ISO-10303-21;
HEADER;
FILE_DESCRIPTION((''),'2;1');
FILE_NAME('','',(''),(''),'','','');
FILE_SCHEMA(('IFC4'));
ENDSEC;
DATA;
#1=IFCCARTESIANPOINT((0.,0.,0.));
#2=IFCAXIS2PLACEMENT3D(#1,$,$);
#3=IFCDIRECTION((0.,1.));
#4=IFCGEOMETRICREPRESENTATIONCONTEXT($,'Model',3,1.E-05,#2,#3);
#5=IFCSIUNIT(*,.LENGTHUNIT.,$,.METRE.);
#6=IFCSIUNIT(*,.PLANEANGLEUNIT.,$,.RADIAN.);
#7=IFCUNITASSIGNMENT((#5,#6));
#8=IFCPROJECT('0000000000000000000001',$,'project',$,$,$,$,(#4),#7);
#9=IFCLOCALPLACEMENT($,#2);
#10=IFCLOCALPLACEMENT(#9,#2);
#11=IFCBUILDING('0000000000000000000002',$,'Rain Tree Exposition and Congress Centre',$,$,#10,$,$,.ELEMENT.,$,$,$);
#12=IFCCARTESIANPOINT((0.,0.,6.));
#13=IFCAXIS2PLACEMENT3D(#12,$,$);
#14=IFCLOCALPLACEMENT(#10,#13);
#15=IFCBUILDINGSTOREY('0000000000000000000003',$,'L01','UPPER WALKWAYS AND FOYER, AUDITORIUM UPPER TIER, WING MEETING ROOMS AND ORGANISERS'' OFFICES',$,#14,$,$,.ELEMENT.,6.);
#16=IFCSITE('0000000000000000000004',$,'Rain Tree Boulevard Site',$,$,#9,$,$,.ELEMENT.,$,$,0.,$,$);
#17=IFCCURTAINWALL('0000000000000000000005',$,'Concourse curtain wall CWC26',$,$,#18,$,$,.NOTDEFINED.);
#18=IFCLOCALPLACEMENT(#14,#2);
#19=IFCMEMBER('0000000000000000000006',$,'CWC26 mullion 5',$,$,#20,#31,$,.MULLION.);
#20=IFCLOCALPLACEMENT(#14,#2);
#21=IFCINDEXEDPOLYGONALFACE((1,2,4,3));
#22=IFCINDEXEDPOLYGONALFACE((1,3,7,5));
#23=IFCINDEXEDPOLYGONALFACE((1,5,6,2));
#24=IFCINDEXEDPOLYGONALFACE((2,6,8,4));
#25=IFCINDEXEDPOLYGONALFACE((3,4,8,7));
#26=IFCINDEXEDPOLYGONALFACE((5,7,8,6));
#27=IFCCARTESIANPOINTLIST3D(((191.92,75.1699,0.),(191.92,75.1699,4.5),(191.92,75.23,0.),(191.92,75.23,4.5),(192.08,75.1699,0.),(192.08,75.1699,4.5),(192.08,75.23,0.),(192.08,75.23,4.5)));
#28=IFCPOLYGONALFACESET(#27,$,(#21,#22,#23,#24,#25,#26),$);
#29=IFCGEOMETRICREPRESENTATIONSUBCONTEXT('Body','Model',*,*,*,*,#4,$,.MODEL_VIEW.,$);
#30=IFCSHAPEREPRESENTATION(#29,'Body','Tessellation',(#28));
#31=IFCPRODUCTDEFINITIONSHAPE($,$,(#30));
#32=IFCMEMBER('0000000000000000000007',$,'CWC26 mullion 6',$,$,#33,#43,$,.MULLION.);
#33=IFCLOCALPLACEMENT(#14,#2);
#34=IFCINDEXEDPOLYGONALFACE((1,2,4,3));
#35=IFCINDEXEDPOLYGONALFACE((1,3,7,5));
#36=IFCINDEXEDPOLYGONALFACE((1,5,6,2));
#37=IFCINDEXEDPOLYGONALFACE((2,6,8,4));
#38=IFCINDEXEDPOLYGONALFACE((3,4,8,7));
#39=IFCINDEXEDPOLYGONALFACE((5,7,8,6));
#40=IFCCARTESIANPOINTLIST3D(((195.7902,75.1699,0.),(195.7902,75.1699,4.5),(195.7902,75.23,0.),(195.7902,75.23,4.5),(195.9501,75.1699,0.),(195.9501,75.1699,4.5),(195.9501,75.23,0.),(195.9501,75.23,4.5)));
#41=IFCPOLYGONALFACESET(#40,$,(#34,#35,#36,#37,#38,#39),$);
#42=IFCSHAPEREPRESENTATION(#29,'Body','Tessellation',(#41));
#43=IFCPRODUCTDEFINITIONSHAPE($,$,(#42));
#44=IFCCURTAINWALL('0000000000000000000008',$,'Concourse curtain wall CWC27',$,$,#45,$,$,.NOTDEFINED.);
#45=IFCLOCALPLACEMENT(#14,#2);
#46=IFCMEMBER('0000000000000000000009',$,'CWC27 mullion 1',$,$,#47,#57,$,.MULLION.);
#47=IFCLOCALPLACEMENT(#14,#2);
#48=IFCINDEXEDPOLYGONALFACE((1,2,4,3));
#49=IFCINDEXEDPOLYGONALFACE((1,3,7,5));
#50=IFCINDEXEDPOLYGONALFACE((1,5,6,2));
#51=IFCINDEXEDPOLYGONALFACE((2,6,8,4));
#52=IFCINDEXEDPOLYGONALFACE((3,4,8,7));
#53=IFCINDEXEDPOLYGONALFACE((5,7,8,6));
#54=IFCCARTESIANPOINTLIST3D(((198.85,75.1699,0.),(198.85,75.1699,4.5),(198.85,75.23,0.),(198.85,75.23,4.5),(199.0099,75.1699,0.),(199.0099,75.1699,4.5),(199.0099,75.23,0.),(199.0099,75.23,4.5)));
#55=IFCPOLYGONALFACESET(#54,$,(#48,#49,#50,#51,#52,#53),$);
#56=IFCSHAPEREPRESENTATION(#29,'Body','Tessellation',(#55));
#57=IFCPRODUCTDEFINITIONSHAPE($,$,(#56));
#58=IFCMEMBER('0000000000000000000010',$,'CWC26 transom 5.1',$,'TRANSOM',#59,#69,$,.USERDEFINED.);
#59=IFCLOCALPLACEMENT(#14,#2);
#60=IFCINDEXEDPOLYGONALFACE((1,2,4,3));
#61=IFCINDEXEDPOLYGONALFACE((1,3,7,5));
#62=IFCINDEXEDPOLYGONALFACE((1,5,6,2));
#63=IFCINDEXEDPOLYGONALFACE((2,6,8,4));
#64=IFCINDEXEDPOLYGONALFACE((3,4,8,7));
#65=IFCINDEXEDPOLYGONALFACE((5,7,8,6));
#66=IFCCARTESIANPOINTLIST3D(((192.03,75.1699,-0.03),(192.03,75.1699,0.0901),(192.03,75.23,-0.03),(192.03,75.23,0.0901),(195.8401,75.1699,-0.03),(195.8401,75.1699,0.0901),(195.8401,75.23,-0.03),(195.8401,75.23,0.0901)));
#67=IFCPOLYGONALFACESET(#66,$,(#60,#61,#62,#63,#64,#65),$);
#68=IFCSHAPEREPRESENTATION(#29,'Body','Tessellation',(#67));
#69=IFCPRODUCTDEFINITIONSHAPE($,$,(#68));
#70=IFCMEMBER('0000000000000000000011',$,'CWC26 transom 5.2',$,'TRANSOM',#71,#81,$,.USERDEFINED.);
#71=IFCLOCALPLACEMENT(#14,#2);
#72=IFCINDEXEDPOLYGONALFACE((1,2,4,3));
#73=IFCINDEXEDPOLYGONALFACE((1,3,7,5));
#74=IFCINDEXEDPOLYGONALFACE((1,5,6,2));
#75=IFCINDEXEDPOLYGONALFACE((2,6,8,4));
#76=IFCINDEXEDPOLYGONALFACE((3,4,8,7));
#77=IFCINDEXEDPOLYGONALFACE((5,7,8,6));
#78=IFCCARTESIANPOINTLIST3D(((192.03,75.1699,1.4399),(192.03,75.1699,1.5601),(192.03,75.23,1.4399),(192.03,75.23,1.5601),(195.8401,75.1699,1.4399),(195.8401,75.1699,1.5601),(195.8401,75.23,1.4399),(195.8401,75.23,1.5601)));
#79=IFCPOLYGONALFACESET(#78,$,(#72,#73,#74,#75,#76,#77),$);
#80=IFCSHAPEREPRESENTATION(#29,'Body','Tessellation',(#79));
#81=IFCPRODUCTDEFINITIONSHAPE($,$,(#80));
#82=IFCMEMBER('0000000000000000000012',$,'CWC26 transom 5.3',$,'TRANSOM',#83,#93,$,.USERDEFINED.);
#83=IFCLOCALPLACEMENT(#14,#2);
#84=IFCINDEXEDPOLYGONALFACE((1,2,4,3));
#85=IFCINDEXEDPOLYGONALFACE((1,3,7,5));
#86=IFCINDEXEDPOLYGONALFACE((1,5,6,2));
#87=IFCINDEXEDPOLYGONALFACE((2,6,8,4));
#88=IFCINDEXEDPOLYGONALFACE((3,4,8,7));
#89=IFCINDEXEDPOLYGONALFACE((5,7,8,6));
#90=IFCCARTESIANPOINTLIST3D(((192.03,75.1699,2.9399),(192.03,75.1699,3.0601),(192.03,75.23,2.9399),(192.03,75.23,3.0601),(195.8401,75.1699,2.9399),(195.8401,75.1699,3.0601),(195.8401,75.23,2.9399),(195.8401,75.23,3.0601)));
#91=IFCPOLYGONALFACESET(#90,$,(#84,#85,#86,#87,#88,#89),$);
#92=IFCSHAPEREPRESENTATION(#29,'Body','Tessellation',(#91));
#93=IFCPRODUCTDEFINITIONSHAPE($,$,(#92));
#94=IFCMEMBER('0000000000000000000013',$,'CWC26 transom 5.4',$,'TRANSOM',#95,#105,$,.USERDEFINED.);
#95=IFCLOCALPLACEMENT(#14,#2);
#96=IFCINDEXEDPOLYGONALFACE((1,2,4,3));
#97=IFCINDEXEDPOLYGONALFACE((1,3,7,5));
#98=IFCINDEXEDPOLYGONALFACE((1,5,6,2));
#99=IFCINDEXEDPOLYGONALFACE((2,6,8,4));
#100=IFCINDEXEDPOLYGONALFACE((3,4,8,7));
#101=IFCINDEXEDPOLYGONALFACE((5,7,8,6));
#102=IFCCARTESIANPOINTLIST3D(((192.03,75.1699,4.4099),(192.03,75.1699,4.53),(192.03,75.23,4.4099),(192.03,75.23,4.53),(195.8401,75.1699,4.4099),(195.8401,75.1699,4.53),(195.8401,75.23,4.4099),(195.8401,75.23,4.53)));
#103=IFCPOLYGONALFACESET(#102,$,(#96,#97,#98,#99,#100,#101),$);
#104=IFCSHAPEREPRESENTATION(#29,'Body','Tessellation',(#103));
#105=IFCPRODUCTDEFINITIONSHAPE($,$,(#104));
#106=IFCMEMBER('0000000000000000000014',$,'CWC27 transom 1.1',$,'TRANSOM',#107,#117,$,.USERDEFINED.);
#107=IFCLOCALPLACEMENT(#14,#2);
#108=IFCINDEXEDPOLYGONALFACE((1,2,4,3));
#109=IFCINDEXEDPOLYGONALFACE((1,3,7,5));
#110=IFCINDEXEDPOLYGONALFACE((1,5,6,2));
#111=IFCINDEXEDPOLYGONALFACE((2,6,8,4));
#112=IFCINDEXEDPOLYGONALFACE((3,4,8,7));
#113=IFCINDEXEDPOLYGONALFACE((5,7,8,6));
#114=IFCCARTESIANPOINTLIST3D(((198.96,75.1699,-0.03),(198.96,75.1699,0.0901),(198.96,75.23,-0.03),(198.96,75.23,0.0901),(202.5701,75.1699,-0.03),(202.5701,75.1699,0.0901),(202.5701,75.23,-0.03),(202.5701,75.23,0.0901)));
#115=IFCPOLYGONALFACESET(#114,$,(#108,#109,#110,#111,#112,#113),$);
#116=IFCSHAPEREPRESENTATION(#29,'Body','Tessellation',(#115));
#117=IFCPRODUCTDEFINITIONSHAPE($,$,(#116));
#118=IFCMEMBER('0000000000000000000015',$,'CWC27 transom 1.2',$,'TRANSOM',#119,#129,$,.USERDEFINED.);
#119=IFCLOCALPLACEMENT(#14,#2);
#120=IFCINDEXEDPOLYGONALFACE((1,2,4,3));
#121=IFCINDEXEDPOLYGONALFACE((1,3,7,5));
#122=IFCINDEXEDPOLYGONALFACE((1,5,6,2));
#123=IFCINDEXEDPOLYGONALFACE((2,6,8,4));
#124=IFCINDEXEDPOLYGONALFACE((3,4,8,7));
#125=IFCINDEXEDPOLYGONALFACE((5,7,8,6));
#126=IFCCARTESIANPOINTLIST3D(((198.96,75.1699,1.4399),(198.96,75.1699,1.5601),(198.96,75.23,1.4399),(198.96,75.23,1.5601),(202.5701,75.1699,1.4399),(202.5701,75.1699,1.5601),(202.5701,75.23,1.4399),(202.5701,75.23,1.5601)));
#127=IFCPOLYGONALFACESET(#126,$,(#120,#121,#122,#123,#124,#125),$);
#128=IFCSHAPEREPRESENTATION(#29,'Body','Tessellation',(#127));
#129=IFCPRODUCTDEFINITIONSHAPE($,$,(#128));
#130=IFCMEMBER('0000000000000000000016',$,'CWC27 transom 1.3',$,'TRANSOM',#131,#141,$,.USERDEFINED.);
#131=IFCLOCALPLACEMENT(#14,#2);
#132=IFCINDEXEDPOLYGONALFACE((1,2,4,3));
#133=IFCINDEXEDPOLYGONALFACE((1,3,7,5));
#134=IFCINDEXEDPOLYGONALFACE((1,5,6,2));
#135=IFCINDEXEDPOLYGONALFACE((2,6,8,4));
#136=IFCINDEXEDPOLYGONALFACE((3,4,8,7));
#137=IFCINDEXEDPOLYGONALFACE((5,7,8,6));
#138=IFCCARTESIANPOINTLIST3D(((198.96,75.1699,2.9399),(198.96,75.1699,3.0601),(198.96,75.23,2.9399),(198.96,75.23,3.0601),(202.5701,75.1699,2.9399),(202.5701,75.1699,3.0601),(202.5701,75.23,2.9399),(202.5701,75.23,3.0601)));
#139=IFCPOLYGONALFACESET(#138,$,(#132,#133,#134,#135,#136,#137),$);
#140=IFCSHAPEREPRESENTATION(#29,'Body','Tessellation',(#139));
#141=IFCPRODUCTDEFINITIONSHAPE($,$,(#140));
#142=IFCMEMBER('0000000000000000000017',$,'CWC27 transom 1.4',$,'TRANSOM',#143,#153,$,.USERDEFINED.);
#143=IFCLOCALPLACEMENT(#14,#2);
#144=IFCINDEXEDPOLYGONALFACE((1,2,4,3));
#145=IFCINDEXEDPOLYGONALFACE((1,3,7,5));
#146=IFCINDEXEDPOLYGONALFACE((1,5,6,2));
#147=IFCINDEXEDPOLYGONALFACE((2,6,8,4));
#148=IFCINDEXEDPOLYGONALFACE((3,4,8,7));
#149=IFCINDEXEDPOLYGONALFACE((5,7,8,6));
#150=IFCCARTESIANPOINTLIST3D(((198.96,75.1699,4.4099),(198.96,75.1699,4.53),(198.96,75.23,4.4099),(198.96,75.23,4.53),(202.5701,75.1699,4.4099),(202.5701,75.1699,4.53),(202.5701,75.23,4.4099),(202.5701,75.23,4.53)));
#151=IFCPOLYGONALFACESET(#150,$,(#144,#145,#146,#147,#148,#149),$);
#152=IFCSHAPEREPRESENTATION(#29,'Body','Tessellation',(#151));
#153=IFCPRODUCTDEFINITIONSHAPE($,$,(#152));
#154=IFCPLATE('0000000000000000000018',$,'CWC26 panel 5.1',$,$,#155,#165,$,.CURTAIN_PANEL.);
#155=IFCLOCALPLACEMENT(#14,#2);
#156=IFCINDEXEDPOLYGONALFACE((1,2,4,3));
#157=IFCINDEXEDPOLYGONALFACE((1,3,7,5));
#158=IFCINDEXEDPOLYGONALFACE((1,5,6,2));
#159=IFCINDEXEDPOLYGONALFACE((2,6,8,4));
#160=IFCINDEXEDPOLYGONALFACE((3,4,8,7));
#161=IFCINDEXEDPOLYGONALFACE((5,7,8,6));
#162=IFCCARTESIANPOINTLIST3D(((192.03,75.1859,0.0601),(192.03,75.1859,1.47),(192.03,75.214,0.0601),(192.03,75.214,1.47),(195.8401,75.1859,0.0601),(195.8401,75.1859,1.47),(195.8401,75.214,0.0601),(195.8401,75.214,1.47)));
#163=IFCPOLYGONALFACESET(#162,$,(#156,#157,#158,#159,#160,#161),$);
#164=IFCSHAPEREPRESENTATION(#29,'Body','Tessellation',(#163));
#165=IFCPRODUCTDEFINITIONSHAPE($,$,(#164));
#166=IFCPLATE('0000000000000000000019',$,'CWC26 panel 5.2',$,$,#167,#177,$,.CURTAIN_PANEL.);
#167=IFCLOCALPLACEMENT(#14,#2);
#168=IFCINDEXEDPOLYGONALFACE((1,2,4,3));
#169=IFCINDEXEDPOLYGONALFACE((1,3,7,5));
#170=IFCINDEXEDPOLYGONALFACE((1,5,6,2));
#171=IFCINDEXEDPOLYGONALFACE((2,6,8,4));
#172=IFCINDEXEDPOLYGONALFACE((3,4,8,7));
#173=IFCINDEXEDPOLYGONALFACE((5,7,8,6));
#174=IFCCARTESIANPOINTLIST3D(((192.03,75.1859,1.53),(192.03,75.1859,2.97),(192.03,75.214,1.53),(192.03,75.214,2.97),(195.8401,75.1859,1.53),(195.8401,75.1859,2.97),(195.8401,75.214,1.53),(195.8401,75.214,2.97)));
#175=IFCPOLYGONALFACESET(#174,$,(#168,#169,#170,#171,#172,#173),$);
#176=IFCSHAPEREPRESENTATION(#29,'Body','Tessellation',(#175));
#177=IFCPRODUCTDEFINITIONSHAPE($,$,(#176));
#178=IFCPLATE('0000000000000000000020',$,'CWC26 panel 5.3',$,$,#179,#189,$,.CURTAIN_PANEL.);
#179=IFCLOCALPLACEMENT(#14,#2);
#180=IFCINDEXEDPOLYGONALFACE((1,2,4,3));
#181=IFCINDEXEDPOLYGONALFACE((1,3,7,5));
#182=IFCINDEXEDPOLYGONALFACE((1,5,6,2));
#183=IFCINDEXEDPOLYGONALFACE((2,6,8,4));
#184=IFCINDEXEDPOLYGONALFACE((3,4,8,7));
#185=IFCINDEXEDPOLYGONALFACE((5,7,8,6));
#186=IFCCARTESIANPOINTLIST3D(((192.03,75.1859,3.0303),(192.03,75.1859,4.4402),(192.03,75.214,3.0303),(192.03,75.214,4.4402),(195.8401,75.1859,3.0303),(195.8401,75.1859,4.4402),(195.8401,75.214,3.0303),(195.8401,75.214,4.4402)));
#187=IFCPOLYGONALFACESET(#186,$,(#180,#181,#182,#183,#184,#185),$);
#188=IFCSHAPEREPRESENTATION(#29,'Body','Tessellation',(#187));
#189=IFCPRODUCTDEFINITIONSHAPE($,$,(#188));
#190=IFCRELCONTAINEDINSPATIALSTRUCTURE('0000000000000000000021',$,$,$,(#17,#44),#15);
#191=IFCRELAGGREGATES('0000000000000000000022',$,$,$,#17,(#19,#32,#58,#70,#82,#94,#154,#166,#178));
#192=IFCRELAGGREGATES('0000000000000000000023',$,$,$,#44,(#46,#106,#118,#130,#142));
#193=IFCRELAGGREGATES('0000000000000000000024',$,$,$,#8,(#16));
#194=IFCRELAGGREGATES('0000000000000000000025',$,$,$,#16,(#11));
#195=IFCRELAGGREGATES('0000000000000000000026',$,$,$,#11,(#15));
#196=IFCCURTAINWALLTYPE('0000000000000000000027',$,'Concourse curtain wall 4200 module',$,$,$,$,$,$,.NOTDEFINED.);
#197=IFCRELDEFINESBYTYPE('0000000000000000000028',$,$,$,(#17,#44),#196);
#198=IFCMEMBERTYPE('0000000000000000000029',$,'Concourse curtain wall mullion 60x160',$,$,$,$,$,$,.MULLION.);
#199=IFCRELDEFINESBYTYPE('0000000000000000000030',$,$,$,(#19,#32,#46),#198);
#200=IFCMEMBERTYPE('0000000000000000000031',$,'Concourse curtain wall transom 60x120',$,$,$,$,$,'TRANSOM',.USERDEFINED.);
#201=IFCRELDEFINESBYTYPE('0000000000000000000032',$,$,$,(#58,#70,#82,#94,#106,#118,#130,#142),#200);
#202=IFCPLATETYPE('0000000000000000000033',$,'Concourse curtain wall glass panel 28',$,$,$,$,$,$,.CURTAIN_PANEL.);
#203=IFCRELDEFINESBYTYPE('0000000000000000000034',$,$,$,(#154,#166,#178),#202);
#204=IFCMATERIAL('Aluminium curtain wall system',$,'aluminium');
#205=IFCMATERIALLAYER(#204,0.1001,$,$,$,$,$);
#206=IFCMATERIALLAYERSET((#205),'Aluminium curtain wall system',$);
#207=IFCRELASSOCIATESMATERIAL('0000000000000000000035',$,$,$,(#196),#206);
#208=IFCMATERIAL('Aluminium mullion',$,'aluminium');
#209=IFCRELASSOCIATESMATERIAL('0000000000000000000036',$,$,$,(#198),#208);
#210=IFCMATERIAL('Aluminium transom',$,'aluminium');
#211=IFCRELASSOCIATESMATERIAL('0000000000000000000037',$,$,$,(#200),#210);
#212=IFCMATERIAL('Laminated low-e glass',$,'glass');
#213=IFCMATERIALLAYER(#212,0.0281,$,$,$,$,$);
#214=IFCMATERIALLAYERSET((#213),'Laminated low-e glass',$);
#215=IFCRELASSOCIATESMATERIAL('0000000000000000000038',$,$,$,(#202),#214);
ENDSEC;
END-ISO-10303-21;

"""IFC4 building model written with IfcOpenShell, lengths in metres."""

from ifc_helpers import new_model, si_unit, direction, frame, origin, origin_2d, place, context, subcontext, project, spatial, rectangle, extrude, material, layer, layer_set, material_profile, profile_set, type_object, element, aggregate, save


model = new_model("IFC4")

# Units and contexts
model_context = context("Model", 3, precision=1e-05, world=origin(), true_north=direction((0.0, 1.0)))
body_context = subcontext(model_context, "Body", "Model", "MODEL_VIEW")
ifc_project = project(units=[si_unit("LENGTHUNIT", "METRE"), si_unit("PLANEANGLEUNIT", "RADIAN")], contexts=[model_context])

# Site, building, storey
site_placement = place(None, origin())
site = spatial("IfcSite", under=ifc_project, at=site_placement, Name="Rain Tree Boulevard Site", CompositionType="ELEMENT", RefElevation=0.0)
building_placement = place(site_placement, origin())
building = spatial("IfcBuilding", under=site, at=building_placement, Name="Rain Tree Exposition and Congress Centre", CompositionType="ELEMENT")
storey_placement = place(building_placement, frame((0.0, 0.0, 6.0)))
storey = spatial("IfcBuildingStorey", under=building, at=storey_placement, Name="L01", Description="UPPER WALKWAYS AND FOYER, AUDITORIUM UPPER TIER, WING MEETING ROOMS AND ORGANISERS' OFFICES", CompositionType="ELEMENT", Elevation=6.0)

# Curtain wall, members
ifc_material_1 = material(Name="Aluminium curtain wall system", Category="aluminium")
ifc_layer_1 = layer(ifc_material_1, 0.1001)
ifc_layer_set_1 = layer_set([ifc_layer_1], Name="Aluminium curtain wall system")
curtain_wall_type = type_object("IfcCurtainWallType", Name="Concourse curtain wall 4200 module", PredefinedType="NOTDEFINED", material=ifc_layer_set_1)
curtain_wall_1_placement = place(storey_placement, origin())
curtain_wall_1 = element("IfcCurtainWall", 1, at=curtain_wall_1_placement, inside=storey, type_object=curtain_wall_type, Name="Concourse curtain wall CWC26", PredefinedType="NOTDEFINED")
ifc_material_2 = material(Name="Aluminium mullion", Category="aluminium")
ifc_material_profile_1 = material_profile(ifc_material_2, rectangle(XDim=0.0601, YDim=0.1599, at=origin_2d()), Name="AL 60x160")
ifc_profile_set_1 = profile_set([ifc_material_profile_1], Name="Aluminium mullion")
member_type_1 = type_object("IfcMemberType", Name="Concourse curtain wall mullion 60x160", PredefinedType="MULLION", material=ifc_profile_set_1)
member_1_placement = place(storey_placement, frame((192.0, 75.2, 0.0), z_axis=(0.0, 0.0, 1.0), x_axis=(0.0, 1.0, 0.0)))
member_1 = element("IfcMember", 2, at=member_1_placement, type_object=member_type_1, Name="CWC26 mullion 5", PredefinedType="MULLION", context=body_context, shape_type="SweptSolid", body=[
    extrude(rectangle(XDim=0.0601, YDim=0.1599, at=origin_2d()), origin(), (0.0, 0.0, 1.0), 4.5),
])
member_2_placement = place(storey_placement, frame((195.8701, 75.2, 0.0), z_axis=(0.0, 0.0, 1.0), x_axis=(0.0, 1.0, 0.0)))
member_2 = element("IfcMember", 3, at=member_2_placement, type_object=member_type_1, Name="CWC26 mullion 6", PredefinedType="MULLION", context=body_context, shape_type="SweptSolid", body=[
    extrude(rectangle(XDim=0.0601, YDim=0.1599, at=origin_2d()), origin(), (0.0, 0.0, 1.0), 4.5),
])

# Curtain wall, member
curtain_wall_2_placement = place(storey_placement, origin())
curtain_wall_2 = element("IfcCurtainWall", 4, at=curtain_wall_2_placement, inside=storey, type_object=curtain_wall_type, Name="Concourse curtain wall CWC27", PredefinedType="NOTDEFINED")
member_3_placement = place(storey_placement, frame((198.9299, 75.2, 0.0), z_axis=(0.0, 0.0, 1.0), x_axis=(0.0, 1.0, 0.0)))
member_3 = element("IfcMember", 5, at=member_3_placement, type_object=member_type_1, Name="CWC27 mullion 1", PredefinedType="MULLION", context=body_context, shape_type="SweptSolid", body=[
    extrude(rectangle(XDim=0.0601, YDim=0.1599, at=origin_2d()), origin(), (0.0, 0.0, 1.0), 4.5),
])

# Members
ifc_material_3 = material(Name="Aluminium transom", Category="aluminium")
ifc_material_profile_2 = material_profile(ifc_material_3, rectangle(XDim=0.0601, YDim=0.1201, at=origin_2d()), Name="AL 60x120")
ifc_profile_set_2 = profile_set([ifc_material_profile_2], Name="Aluminium transom")
member_type_2 = type_object("IfcMemberType", Name="Concourse curtain wall transom 60x120", ElementType="TRANSOM", PredefinedType="USERDEFINED", material=ifc_profile_set_2)
member_4_placement = place(storey_placement, frame((192.03, 75.2, 0.03), z_axis=(1.0, 0.0, 0.0), x_axis=(0.0, 1.0, 0.0)))
member_4 = element("IfcMember", 6, at=member_4_placement, type_object=member_type_2, Name="CWC26 transom 5.1", ObjectType="TRANSOM", PredefinedType="USERDEFINED", context=body_context, shape_type="SweptSolid", body=[
    extrude(rectangle(XDim=0.0601, YDim=0.1201, at=origin_2d()), origin(), (0.0, 0.0, 1.0), 3.8101),
])
member_5_placement = place(storey_placement, frame((192.03, 75.2, 1.5), z_axis=(1.0, 0.0, 0.0), x_axis=(0.0, 1.0, 0.0)))
member_5 = element("IfcMember", 7, at=member_5_placement, type_object=member_type_2, Name="CWC26 transom 5.2", ObjectType="TRANSOM", PredefinedType="USERDEFINED", context=body_context, shape_type="SweptSolid", body=[
    extrude(rectangle(XDim=0.0601, YDim=0.1201, at=origin_2d()), origin(), (0.0, 0.0, 1.0), 3.8101),
])
member_6_placement = place(storey_placement, frame((192.03, 75.2, 3.0), z_axis=(1.0, 0.0, 0.0), x_axis=(0.0, 1.0, 0.0)))
member_6 = element("IfcMember", 8, at=member_6_placement, type_object=member_type_2, Name="CWC26 transom 5.3", ObjectType="TRANSOM", PredefinedType="USERDEFINED", context=body_context, shape_type="SweptSolid", body=[
    extrude(rectangle(XDim=0.0601, YDim=0.1201, at=origin_2d()), origin(), (0.0, 0.0, 1.0), 3.8101),
])
member_7_placement = place(storey_placement, frame((192.03, 75.2, 4.47), z_axis=(1.0, 0.0, 0.0), x_axis=(0.0, 1.0, 0.0)))
member_7 = element("IfcMember", 9, at=member_7_placement, type_object=member_type_2, Name="CWC26 transom 5.4", ObjectType="TRANSOM", PredefinedType="USERDEFINED", context=body_context, shape_type="SweptSolid", body=[
    extrude(rectangle(XDim=0.0601, YDim=0.1201, at=origin_2d()), origin(), (0.0, 0.0, 1.0), 3.8101),
])
member_8_placement = place(storey_placement, frame((198.96, 75.2, 0.03), z_axis=(1.0, 0.0, 0.0), x_axis=(0.0, 1.0, 0.0)))
member_8 = element("IfcMember", 10, at=member_8_placement, type_object=member_type_2, Name="CWC27 transom 1.1", ObjectType="TRANSOM", PredefinedType="USERDEFINED", context=body_context, shape_type="SweptSolid", body=[
    extrude(rectangle(XDim=0.0601, YDim=0.1201, at=origin_2d()), origin(), (0.0, 0.0, 1.0), 3.6101),
])
member_9_placement = place(storey_placement, frame((198.96, 75.2, 1.5), z_axis=(1.0, 0.0, 0.0), x_axis=(0.0, 1.0, 0.0)))
member_9 = element("IfcMember", 11, at=member_9_placement, type_object=member_type_2, Name="CWC27 transom 1.2", ObjectType="TRANSOM", PredefinedType="USERDEFINED", context=body_context, shape_type="SweptSolid", body=[
    extrude(rectangle(XDim=0.0601, YDim=0.1201, at=origin_2d()), origin(), (0.0, 0.0, 1.0), 3.6101),
])
member_10_placement = place(storey_placement, frame((198.96, 75.2, 3.0), z_axis=(1.0, 0.0, 0.0), x_axis=(0.0, 1.0, 0.0)))
member_10 = element("IfcMember", 12, at=member_10_placement, type_object=member_type_2, Name="CWC27 transom 1.3", ObjectType="TRANSOM", PredefinedType="USERDEFINED", context=body_context, shape_type="SweptSolid", body=[
    extrude(rectangle(XDim=0.0601, YDim=0.1201, at=origin_2d()), origin(), (0.0, 0.0, 1.0), 3.6101),
])
member_11_placement = place(storey_placement, frame((198.96, 75.2, 4.47), z_axis=(1.0, 0.0, 0.0), x_axis=(0.0, 1.0, 0.0)))
member_11 = element("IfcMember", 13, at=member_11_placement, type_object=member_type_2, Name="CWC27 transom 1.4", ObjectType="TRANSOM", PredefinedType="USERDEFINED", context=body_context, shape_type="SweptSolid", body=[
    extrude(rectangle(XDim=0.0601, YDim=0.1201, at=origin_2d()), origin(), (0.0, 0.0, 1.0), 3.6101),
])

# Plates
ifc_material_4 = material(Name="Laminated low-e glass", Category="glass")
ifc_layer_2 = layer(ifc_material_4, 0.0281)
ifc_layer_set_2 = layer_set([ifc_layer_2], Name="Laminated low-e glass")
plate_type = type_object("IfcPlateType", Name="Concourse curtain wall glass panel 28", PredefinedType="CURTAIN_PANEL", material=ifc_layer_set_2)
plate_1_placement = place(storey_placement, frame((193.9351, 75.2, 0.0601), z_axis=(0.0, 0.0, 1.0), x_axis=(1.0, 0.0, 0.0)))
plate_1 = element("IfcPlate", 14, at=plate_1_placement, type_object=plate_type, Name="CWC26 panel 5.1", PredefinedType="CURTAIN_PANEL", context=body_context, shape_type="SweptSolid", body=[
    extrude(rectangle(XDim=3.8101, YDim=0.0281, at=origin_2d()), origin(), (0.0, 0.0, 1.0), 1.4099),
])
plate_2_placement = place(storey_placement, frame((193.9351, 75.2, 1.53), z_axis=(0.0, 0.0, 1.0), x_axis=(1.0, 0.0, 0.0)))
plate_2 = element("IfcPlate", 15, at=plate_2_placement, type_object=plate_type, Name="CWC26 panel 5.2", PredefinedType="CURTAIN_PANEL", context=body_context, shape_type="SweptSolid", body=[
    extrude(rectangle(XDim=3.8101, YDim=0.0281, at=origin_2d()), origin(), (0.0, 0.0, 1.0), 1.4399),
])
plate_3_placement = place(storey_placement, frame((193.9351, 75.2, 3.0303), z_axis=(0.0, 0.0, 1.0), x_axis=(1.0, 0.0, 0.0)))
plate_3 = element("IfcPlate", 16, at=plate_3_placement, type_object=plate_type, Name="CWC26 panel 5.3", PredefinedType="CURTAIN_PANEL", context=body_context, shape_type="SweptSolid", body=[
    extrude(rectangle(XDim=3.8101, YDim=0.0281, at=origin_2d()), origin(), (0.0, 0.0, 1.0), 1.4099),
])
aggregate(curtain_wall_1, [member_1, member_2, member_4, member_5, member_6, member_7, plate_1, plate_2, plate_3])
aggregate(curtain_wall_2, [member_3, member_8, member_9, member_10, member_11])

save(model, "model.ifc")
